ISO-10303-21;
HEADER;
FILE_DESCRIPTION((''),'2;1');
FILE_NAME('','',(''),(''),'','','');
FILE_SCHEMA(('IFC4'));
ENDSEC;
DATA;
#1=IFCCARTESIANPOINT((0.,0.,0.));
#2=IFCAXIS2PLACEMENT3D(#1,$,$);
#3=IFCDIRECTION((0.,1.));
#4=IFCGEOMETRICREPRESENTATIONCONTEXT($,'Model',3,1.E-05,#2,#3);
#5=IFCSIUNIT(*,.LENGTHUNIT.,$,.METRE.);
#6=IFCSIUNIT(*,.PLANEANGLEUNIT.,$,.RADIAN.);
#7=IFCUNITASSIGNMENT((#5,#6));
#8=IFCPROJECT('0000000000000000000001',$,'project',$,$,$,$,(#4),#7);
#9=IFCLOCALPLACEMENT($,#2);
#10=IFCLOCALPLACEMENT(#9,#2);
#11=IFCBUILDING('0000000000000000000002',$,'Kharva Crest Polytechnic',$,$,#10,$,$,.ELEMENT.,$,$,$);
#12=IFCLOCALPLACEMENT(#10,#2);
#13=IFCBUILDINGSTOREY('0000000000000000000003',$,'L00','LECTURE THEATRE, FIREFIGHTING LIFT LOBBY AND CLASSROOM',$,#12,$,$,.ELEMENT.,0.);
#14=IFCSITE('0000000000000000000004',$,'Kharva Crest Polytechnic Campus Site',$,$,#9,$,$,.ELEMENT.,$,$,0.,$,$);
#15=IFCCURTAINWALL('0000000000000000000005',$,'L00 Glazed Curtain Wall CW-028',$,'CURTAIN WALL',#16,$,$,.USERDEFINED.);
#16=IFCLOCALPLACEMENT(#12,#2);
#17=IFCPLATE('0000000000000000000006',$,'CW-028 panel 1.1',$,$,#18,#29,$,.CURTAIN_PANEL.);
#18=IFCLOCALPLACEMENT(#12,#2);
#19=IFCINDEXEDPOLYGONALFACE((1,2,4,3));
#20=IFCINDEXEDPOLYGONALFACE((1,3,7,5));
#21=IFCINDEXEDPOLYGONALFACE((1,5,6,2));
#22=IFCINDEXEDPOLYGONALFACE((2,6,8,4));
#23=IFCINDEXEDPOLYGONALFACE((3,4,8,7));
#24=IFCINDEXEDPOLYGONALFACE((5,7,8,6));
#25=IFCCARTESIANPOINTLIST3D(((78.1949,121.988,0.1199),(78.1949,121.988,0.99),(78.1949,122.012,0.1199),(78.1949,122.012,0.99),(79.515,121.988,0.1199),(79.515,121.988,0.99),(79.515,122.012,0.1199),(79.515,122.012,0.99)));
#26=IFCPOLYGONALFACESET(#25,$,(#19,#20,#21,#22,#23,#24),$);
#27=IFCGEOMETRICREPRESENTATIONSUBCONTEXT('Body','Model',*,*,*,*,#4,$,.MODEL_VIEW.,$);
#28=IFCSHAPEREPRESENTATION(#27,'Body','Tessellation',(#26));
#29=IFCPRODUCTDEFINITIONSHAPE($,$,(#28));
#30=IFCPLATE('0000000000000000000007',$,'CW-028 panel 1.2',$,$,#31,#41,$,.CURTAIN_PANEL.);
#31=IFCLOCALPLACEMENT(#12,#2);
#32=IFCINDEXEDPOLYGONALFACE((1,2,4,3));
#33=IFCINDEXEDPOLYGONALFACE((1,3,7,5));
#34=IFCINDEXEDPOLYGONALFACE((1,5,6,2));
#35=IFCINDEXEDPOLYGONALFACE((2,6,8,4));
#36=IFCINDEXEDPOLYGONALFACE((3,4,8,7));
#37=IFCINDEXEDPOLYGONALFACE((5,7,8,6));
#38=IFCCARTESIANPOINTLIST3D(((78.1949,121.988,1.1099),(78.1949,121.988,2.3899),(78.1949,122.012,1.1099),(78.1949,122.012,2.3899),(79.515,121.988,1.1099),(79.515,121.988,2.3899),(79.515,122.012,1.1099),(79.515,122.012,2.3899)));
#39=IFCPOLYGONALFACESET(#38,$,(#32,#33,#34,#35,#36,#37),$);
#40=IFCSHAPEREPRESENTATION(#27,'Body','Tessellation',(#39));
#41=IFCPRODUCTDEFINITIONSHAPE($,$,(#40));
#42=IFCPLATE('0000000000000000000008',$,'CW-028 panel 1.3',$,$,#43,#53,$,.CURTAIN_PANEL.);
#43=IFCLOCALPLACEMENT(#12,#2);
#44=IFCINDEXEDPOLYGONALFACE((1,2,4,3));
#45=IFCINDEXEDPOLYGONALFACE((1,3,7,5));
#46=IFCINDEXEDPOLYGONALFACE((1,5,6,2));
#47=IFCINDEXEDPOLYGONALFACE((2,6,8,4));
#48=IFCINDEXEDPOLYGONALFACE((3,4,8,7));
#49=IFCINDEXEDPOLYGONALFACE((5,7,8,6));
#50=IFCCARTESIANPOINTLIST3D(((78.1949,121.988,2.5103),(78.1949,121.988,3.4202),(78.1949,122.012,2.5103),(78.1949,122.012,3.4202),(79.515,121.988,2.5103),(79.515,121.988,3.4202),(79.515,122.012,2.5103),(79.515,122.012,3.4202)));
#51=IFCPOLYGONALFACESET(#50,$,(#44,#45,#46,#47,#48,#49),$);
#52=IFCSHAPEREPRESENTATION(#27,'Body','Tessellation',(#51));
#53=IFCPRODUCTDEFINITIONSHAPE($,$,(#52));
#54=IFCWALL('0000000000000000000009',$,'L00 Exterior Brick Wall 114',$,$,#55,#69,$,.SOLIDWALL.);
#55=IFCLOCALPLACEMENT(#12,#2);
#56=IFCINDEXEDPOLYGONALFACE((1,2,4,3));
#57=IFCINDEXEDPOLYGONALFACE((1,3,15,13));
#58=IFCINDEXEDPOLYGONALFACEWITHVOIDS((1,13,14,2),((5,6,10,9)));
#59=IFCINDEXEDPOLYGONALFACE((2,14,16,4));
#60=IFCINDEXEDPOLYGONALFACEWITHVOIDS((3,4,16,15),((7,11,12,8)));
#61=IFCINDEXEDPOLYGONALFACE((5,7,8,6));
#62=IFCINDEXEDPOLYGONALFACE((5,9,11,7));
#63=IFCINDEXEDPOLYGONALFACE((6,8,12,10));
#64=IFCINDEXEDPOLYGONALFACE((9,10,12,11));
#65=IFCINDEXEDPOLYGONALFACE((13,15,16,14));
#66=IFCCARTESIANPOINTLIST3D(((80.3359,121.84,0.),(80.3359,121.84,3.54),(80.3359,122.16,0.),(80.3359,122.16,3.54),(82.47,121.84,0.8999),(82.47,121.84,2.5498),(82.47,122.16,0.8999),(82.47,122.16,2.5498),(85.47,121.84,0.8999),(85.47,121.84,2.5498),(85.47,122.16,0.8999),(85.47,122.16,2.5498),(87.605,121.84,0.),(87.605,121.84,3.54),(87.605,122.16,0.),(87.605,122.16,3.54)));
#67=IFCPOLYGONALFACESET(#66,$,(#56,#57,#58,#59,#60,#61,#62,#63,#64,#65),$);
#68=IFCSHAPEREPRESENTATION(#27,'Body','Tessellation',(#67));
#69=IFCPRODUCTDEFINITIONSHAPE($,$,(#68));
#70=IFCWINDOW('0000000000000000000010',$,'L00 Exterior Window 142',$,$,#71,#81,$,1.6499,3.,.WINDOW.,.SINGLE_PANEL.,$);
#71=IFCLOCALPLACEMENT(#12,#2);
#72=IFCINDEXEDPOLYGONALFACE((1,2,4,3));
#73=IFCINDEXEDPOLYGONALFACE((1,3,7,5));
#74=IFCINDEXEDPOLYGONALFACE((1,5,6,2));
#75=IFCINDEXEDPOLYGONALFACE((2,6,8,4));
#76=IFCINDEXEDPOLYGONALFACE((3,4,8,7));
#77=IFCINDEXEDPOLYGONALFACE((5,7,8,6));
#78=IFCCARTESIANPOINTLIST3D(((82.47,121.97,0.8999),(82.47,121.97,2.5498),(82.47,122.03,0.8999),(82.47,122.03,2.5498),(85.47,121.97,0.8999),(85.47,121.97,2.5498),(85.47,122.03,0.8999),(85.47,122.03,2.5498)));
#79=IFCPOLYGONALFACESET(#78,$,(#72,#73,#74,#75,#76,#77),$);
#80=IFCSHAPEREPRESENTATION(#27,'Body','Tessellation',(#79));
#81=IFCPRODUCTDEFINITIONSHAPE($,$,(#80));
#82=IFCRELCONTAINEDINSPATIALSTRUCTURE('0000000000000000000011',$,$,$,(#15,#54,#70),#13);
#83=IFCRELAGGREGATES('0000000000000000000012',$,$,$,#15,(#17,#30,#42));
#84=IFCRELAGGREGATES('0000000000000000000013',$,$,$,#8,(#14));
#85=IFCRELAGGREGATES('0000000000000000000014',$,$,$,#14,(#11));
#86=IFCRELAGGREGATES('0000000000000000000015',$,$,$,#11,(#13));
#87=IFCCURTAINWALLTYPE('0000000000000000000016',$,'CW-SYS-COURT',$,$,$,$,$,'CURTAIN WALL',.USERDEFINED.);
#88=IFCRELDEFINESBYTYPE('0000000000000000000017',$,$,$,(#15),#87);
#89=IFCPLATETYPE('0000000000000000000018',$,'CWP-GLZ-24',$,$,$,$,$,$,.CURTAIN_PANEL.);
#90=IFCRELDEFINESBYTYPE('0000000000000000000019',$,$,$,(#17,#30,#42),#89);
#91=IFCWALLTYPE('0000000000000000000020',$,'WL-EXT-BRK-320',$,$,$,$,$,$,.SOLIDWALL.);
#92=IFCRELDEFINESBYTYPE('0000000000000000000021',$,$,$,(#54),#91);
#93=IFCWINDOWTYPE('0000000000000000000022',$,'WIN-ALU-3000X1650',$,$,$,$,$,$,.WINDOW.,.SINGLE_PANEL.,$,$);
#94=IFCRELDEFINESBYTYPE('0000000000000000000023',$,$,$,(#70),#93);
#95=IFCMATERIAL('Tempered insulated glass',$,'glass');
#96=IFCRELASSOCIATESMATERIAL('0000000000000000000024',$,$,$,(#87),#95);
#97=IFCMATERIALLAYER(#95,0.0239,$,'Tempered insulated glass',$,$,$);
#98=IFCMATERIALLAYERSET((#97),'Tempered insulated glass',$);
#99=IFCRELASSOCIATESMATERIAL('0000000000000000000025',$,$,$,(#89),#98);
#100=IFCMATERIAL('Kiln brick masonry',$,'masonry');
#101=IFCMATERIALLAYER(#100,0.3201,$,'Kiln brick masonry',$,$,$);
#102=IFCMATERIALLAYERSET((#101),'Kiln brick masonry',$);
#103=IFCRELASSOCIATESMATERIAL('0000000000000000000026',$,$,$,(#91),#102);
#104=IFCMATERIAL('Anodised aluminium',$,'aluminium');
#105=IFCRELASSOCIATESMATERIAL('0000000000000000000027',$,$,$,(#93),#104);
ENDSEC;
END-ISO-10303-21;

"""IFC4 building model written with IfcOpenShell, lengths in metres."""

from ifc_helpers import new_model, si_unit, direction, frame, frame_2d, origin, origin_2d, place, context, subcontext, project, spatial, rectangle, extrude, material, layer, layer_set, type_object, element, fill, aggregate, save


model = new_model("IFC4")

# Units and contexts
model_context = context("Model", 3, precision=1e-05, world=origin(), true_north=direction((0.0, 1.0)))
body_context = subcontext(model_context, "Body", "Model", "MODEL_VIEW")
ifc_project = project(units=[si_unit("LENGTHUNIT", "METRE"), si_unit("PLANEANGLEUNIT", "RADIAN")], contexts=[model_context])

# Site, building, storey
site_placement = place(None, origin())
site = spatial("IfcSite", under=ifc_project, at=site_placement, Name="Kharva Crest Polytechnic Campus Site", CompositionType="ELEMENT", RefElevation=0.0)
building_placement = place(site_placement, origin())
building = spatial("IfcBuilding", under=site, at=building_placement, Name="Kharva Crest Polytechnic", CompositionType="ELEMENT")
storey_placement = place(building_placement, origin())
storey = spatial("IfcBuildingStorey", under=building, at=storey_placement, Name="L00", Description="LECTURE THEATRE, FIREFIGHTING LIFT LOBBY AND CLASSROOM", CompositionType="ELEMENT", Elevation=0.0)

# Curtain wall
ifc_material_1 = material(Name="Tempered insulated glass", Category="glass")
curtain_wall_type = type_object("IfcCurtainWallType", Name="CW-SYS-COURT", ElementType="CURTAIN WALL", PredefinedType="USERDEFINED", material=ifc_material_1)
curtain_wall_placement = place(storey_placement, origin())
curtain_wall = element("IfcCurtainWall", 1, at=curtain_wall_placement, inside=storey, type_object=curtain_wall_type, Name="L00 Glazed Curtain Wall CW-028", ObjectType="CURTAIN WALL", PredefinedType="USERDEFINED")

# Plates
ifc_layer_1 = layer(ifc_material_1, 0.0239, Name="Tempered insulated glass")
ifc_layer_set_1 = layer_set([ifc_layer_1], Name="Tempered insulated glass")
plate_type = type_object("IfcPlateType", Name="CWP-GLZ-24", PredefinedType="CURTAIN_PANEL", material=ifc_layer_set_1)
plate_1_placement = place(storey_placement, frame((78.855, 122.0, 0.1199), z_axis=(0.0, 0.0, 1.0), x_axis=(-1.0, 0.0, 0.0)))
plate_1 = element("IfcPlate", 2, at=plate_1_placement, type_object=plate_type, Name="CW-028 panel 1.1", PredefinedType="CURTAIN_PANEL", context=body_context, shape_type="SweptSolid", body=[
    extrude(rectangle(XDim=1.3201, YDim=0.0239, at=origin_2d()), origin(), (0.0, 0.0, 1.0), 0.8701),
])
plate_2_placement = place(storey_placement, frame((78.855, 122.0, 1.1099), z_axis=(0.0, 0.0, 1.0), x_axis=(-1.0, 0.0, 0.0)))
plate_2 = element("IfcPlate", 3, at=plate_2_placement, type_object=plate_type, Name="CW-028 panel 1.2", PredefinedType="CURTAIN_PANEL", context=body_context, shape_type="SweptSolid", body=[
    extrude(rectangle(XDim=1.3201, YDim=0.0239, at=origin_2d()), origin(), (0.0, 0.0, 1.0), 1.28),
])
plate_3_placement = place(storey_placement, frame((78.855, 122.0, 2.5103), z_axis=(0.0, 0.0, 1.0), x_axis=(-1.0, 0.0, 0.0)))
plate_3 = element("IfcPlate", 4, at=plate_3_placement, type_object=plate_type, Name="CW-028 panel 1.3", PredefinedType="CURTAIN_PANEL", context=body_context, shape_type="SweptSolid", body=[
    extrude(rectangle(XDim=1.3201, YDim=0.0239, at=origin_2d()), origin(), (0.0, 0.0, 1.0), 0.9099),
])
aggregate(curtain_wall, [plate_1, plate_2, plate_3])

# Wall, opening, window
ifc_material_2 = material(Name="Kiln brick masonry", Category="masonry")
ifc_layer_2 = layer(ifc_material_2, 0.3201, Name="Kiln brick masonry")
ifc_layer_set_2 = layer_set([ifc_layer_2], Name="Kiln brick masonry")
wall_type = type_object("IfcWallType", Name="WL-EXT-BRK-320", PredefinedType="SOLIDWALL", material=ifc_layer_set_2)
wall_placement = place(storey_placement, frame((87.605, 122.0, 0.0), z_axis=(0.0, 0.0, 1.0), x_axis=(-1.0, 0.0, 0.0)))
wall = element("IfcWall", 5, at=wall_placement, inside=storey, type_object=wall_type, Name="L00 Exterior Brick Wall 114", PredefinedType="SOLIDWALL", context=body_context, shape_type="SweptSolid", body=[
    extrude(rectangle(XDim=7.269, YDim=0.3201, at=frame_2d((3.6345, 0.0))), origin(), (0.0, 0.0, 1.0), 3.54),
])
opening_placement = place(wall_placement, frame((2.135, 0.0, 0.8999)))
opening = element("IfcOpeningElement", 6, at=opening_placement, cuts=wall, PredefinedType="OPENING", context=body_context, shape_type="SweptSolid", body=[
    extrude(rectangle(XDim=3.0, YDim=1.6499, at=frame_2d((1.5, 0.825))), frame((0.0, 0.1699, 0.0), z_axis=(0.0, -1.0, 0.0), x_axis=(1.0, 0.0, 0.0)), (0.0, 0.0, 1.0), 0.3401),
])
ifc_material_3 = material(Name="Anodised aluminium", Category="aluminium")
window_type = type_object("IfcWindowType", Name="WIN-ALU-3000X1650", PartitioningType="SINGLE_PANEL", PredefinedType="WINDOW", material=ifc_material_3)
window_placement = place(opening_placement, origin())
window = element("IfcWindow", 7, at=window_placement, inside=storey, type_object=window_type, Name="L00 Exterior Window 142", OverallHeight=1.6499, OverallWidth=3.0, PartitioningType="SINGLE_PANEL", PredefinedType="WINDOW", context=body_context, shape_type="SweptSolid", body=[
    extrude(rectangle(XDim=3.0, YDim=1.6499, at=frame_2d((1.5, 0.825))), frame((0.0, 0.03, 0.0), z_axis=(0.0, -1.0, 0.0), x_axis=(1.0, 0.0, 0.0)), (0.0, 0.0, 1.0), 0.0601),
])
fill(opening, window)

save(model, "model.ifc")
